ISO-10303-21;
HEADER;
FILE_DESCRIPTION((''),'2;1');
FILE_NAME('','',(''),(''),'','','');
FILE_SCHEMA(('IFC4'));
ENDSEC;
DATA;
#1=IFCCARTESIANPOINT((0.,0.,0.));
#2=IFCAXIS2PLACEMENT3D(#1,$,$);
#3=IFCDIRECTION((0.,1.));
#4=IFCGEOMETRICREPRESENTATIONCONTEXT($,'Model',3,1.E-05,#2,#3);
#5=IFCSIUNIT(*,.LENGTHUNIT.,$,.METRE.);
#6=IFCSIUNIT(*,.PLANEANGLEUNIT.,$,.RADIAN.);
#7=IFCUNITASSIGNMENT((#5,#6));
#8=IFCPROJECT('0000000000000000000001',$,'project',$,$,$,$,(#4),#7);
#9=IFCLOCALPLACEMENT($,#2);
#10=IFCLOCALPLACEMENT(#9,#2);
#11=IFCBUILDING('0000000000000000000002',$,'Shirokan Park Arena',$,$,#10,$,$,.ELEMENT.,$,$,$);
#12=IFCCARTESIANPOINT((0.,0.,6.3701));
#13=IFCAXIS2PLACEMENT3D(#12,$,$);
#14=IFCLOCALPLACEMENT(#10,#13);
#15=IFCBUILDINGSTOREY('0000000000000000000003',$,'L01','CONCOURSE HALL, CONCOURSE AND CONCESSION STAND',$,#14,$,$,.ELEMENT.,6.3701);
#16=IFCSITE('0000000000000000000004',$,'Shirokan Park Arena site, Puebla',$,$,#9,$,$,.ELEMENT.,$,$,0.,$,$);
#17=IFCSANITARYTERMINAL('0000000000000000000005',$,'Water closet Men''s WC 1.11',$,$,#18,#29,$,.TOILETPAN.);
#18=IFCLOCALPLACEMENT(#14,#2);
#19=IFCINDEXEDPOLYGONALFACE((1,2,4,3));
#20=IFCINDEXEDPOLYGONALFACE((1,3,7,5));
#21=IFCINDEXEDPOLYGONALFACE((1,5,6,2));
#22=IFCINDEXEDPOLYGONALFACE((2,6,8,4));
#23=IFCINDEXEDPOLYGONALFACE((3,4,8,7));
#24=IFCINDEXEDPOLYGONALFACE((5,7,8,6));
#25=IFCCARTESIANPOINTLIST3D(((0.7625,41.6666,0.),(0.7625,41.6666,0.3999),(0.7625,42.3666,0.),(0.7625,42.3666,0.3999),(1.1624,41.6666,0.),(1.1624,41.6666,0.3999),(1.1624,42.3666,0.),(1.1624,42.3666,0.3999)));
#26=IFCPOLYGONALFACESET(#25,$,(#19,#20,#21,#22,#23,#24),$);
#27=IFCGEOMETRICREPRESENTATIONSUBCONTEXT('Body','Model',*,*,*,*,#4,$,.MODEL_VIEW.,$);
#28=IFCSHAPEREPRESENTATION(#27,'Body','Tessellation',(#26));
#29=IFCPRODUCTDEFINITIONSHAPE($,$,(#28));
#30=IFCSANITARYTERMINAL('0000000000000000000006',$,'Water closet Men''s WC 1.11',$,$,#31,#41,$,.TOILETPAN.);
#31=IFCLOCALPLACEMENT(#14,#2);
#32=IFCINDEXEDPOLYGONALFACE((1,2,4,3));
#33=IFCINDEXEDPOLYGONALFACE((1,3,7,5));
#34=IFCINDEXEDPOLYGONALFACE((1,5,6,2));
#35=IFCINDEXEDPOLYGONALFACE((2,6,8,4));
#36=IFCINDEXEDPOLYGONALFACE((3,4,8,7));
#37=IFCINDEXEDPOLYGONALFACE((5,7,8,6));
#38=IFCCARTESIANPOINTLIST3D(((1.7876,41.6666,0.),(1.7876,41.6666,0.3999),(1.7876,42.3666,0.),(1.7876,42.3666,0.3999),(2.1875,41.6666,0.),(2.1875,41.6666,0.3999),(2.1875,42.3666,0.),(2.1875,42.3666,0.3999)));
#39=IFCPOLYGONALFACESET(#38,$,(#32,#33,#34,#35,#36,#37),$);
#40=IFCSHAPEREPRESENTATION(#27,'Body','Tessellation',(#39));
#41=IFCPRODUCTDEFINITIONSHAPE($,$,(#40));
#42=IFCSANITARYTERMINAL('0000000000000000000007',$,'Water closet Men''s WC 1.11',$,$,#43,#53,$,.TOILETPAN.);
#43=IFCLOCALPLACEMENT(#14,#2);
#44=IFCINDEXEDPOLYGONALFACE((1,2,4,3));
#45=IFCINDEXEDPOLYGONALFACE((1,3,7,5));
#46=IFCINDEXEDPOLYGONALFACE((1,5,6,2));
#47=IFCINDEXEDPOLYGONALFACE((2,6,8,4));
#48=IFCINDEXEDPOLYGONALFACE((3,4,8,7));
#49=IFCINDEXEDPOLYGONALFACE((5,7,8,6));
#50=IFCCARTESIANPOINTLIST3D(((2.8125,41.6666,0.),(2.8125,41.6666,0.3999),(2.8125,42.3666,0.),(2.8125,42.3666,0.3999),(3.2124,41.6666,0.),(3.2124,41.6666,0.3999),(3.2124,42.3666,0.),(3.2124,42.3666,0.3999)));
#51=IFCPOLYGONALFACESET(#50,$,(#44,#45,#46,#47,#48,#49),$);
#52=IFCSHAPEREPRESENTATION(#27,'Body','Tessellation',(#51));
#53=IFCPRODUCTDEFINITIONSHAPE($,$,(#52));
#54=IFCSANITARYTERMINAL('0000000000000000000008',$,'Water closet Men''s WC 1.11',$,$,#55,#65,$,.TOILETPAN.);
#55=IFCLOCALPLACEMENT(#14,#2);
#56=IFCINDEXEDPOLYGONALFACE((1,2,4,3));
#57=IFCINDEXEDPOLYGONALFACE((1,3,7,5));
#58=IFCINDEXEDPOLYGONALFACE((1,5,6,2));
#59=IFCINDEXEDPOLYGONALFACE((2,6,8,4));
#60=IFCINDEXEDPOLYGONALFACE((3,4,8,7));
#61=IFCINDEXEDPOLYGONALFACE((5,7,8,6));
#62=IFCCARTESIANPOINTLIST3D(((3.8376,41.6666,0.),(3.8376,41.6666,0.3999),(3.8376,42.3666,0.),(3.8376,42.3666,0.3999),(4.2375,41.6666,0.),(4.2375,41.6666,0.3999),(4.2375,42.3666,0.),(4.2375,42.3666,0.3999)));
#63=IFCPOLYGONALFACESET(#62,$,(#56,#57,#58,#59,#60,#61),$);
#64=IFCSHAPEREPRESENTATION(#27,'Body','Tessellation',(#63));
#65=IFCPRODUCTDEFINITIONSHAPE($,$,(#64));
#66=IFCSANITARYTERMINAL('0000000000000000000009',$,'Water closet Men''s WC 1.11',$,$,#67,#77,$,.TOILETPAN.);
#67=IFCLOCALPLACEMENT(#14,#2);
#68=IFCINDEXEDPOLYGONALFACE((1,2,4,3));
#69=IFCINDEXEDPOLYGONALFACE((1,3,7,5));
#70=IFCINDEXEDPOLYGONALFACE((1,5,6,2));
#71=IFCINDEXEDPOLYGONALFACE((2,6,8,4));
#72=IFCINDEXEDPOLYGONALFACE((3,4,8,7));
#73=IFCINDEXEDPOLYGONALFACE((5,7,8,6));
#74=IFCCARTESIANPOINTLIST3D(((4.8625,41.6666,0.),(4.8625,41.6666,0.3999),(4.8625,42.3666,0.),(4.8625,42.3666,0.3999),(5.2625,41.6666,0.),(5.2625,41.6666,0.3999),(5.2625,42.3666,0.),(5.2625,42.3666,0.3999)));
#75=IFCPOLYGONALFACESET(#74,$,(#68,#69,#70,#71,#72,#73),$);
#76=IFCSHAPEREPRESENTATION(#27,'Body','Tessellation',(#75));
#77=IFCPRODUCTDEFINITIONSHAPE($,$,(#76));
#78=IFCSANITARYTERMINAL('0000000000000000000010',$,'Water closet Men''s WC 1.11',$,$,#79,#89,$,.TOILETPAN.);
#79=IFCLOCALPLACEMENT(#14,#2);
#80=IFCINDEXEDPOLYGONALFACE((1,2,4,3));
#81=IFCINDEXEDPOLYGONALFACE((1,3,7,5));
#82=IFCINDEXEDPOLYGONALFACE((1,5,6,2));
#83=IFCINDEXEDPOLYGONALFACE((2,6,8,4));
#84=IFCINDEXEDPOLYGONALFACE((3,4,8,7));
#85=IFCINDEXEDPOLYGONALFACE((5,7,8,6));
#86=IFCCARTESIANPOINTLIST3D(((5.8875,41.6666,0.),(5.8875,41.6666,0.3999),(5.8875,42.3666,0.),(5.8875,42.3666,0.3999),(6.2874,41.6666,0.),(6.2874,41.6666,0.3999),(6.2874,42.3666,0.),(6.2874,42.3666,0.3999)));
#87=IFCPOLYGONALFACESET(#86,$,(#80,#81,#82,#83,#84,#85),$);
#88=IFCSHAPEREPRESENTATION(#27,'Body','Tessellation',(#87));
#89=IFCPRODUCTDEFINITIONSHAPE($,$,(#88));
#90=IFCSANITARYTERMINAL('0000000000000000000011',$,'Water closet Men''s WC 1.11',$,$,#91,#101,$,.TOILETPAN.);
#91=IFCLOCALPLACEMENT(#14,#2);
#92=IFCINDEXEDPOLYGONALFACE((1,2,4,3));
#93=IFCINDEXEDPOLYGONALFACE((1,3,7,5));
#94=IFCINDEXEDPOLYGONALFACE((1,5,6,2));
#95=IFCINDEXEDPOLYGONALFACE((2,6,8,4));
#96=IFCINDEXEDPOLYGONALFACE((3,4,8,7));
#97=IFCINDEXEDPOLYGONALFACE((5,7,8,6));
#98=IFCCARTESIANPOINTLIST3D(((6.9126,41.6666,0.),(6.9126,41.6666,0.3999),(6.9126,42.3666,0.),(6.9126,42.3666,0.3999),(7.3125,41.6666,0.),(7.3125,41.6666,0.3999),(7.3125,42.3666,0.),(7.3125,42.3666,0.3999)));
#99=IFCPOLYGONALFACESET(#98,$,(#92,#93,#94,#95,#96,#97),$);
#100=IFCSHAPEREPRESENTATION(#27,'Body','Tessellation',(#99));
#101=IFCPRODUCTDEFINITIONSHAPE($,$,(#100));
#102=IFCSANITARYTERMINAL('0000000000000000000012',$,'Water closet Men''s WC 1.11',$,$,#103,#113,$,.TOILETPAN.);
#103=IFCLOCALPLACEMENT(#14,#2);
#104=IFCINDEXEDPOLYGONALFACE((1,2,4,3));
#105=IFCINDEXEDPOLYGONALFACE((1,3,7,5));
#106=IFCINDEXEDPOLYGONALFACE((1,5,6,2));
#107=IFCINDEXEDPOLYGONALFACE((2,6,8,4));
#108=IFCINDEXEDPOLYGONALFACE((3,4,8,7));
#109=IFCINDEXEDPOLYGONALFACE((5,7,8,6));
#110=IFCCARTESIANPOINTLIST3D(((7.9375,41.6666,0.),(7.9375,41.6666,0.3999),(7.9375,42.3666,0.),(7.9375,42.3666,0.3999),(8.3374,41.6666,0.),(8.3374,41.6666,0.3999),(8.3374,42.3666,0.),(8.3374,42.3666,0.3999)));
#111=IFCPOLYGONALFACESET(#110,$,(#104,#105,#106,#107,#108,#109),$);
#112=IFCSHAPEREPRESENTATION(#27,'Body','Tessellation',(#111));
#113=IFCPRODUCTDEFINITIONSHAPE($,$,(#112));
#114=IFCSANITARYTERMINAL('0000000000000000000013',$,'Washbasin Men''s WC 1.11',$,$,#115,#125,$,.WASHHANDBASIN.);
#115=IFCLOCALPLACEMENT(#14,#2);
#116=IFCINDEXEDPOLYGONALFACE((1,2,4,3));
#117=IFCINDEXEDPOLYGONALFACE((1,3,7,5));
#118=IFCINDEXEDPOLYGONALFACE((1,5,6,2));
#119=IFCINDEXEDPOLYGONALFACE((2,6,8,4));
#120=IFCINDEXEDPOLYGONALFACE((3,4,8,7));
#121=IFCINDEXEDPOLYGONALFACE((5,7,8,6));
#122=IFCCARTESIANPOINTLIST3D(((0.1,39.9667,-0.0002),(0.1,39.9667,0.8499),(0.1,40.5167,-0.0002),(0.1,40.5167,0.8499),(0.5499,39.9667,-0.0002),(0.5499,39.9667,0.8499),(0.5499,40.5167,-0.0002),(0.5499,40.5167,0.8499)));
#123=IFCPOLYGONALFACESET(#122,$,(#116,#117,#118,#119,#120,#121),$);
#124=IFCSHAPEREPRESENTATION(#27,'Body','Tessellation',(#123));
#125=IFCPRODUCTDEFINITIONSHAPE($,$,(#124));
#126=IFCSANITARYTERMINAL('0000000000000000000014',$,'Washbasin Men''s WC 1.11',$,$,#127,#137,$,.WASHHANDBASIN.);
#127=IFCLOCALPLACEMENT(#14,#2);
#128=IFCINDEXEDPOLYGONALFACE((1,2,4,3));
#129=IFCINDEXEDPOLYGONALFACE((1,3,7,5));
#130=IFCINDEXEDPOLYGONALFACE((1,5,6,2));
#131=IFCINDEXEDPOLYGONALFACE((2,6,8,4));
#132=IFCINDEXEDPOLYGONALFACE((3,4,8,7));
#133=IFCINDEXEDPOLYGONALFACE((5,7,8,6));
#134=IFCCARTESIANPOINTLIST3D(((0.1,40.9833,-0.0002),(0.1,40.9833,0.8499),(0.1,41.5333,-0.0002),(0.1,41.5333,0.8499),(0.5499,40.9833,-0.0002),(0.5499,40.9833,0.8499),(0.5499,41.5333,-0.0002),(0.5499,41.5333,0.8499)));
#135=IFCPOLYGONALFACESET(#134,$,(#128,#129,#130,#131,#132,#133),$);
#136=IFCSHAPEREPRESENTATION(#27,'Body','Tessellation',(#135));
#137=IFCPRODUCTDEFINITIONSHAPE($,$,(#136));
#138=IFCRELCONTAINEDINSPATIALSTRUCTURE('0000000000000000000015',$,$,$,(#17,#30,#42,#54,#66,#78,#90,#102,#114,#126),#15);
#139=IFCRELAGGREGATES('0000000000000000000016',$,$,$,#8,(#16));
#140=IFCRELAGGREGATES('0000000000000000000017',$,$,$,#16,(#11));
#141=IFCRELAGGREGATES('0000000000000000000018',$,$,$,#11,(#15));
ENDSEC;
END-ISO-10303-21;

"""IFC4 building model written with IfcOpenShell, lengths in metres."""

from ifc_helpers import new_model, si_unit, direction, frame, origin, origin_2d, place, context, subcontext, project, spatial, rectangle, extrude, element, save


model = new_model("IFC4")

# Units and contexts
model_context = context("Model", 3, precision=1e-05, world=origin(), true_north=direction((0.0, 1.0)))
body_context = subcontext(model_context, "Body", "Model", "MODEL_VIEW")
ifc_project = project(units=[si_unit("LENGTHUNIT", "METRE"), si_unit("PLANEANGLEUNIT", "RADIAN")], contexts=[model_context])

# Site, building, storey
site_placement = place(None, origin())
site = spatial("IfcSite", under=ifc_project, at=site_placement, Name="Shirokan Park Arena site, Puebla", CompositionType="ELEMENT", RefElevation=0.0)
building_placement = place(site_placement, origin())
building = spatial("IfcBuilding", under=site, at=building_placement, Name="Shirokan Park Arena", CompositionType="ELEMENT")
storey_placement = place(building_placement, frame((0.0, 0.0, 6.3701)))
storey = spatial("IfcBuildingStorey", under=building, at=storey_placement, Name="L01", Description="CONCOURSE HALL, CONCOURSE AND CONCESSION STAND", CompositionType="ELEMENT", Elevation=6.3701)

# Sanitary terminals
for number, where, z_axis, x_axis, name in (
    (1, (0.9624, 42.0166, 0.0), (0.0, 0.0, 1.0), (1.0, 0.0, 0.0), "Water closet Men's WC 1.11"),
    (2, (1.9875, 42.0166, 0.0), (0.0, 0.0, 1.0), (1.0, 0.0, 0.0), "Water closet Men's WC 1.11"),
    (3, (3.0125, 42.0166, 0.0), (0.0, 0.0, 1.0), (1.0, 0.0, 0.0), "Water closet Men's WC 1.11"),
    (4, (4.0376, 42.0166, 0.0), (0.0, 0.0, 1.0), (1.0, 0.0, 0.0), "Water closet Men's WC 1.11"),
    (5, (5.0625, 42.0166, 0.0), (0.0, 0.0, 1.0), (1.0, 0.0, 0.0), "Water closet Men's WC 1.11"),
    (6, (6.0874, 42.0166, 0.0), (0.0, 0.0, 1.0), (1.0, 0.0, 0.0), "Water closet Men's WC 1.11"),
    (7, (7.1125, 42.0166, 0.0), (0.0, 0.0, 1.0), (1.0, 0.0, 0.0), "Water closet Men's WC 1.11"),
    (8, (8.1375, 42.0166, 0.0), (0.0, 0.0, 1.0), (1.0, 0.0, 0.0), "Water closet Men's WC 1.11"),
):
    element("IfcSanitaryTerminal", number, at=place(storey_placement, frame(where, z_axis=z_axis, x_axis=x_axis)), inside=storey, Name=name, PredefinedType="TOILETPAN", context=body_context, shape_type="SweptSolid", body=[
        extrude(rectangle(XDim=0.3999, YDim=0.7, at=origin_2d()), origin(), (0.0, 0.0, 1.0), 0.3999),
    ])
for number, where, z_axis, x_axis, name in (
    (9, (0.325, 40.2417, -0.0002), (0.0, 0.0, 1.0), (1.0, 0.0, 0.0), "Washbasin Men's WC 1.11"),
    (10, (0.325, 41.2583, -0.0002), (0.0, 0.0, 1.0), (1.0, 0.0, 0.0), "Washbasin Men's WC 1.11"),
):
    element("IfcSanitaryTerminal", number, at=place(storey_placement, frame(where, z_axis=z_axis, x_axis=x_axis)), inside=storey, Name=name, PredefinedType="WASHHANDBASIN", context=body_context, shape_type="SweptSolid", body=[
        extrude(rectangle(XDim=0.45, YDim=0.55, at=origin_2d()), origin(), (0.0, 0.0, 1.0), 0.8501),
    ])

save(model, "model.ifc")
